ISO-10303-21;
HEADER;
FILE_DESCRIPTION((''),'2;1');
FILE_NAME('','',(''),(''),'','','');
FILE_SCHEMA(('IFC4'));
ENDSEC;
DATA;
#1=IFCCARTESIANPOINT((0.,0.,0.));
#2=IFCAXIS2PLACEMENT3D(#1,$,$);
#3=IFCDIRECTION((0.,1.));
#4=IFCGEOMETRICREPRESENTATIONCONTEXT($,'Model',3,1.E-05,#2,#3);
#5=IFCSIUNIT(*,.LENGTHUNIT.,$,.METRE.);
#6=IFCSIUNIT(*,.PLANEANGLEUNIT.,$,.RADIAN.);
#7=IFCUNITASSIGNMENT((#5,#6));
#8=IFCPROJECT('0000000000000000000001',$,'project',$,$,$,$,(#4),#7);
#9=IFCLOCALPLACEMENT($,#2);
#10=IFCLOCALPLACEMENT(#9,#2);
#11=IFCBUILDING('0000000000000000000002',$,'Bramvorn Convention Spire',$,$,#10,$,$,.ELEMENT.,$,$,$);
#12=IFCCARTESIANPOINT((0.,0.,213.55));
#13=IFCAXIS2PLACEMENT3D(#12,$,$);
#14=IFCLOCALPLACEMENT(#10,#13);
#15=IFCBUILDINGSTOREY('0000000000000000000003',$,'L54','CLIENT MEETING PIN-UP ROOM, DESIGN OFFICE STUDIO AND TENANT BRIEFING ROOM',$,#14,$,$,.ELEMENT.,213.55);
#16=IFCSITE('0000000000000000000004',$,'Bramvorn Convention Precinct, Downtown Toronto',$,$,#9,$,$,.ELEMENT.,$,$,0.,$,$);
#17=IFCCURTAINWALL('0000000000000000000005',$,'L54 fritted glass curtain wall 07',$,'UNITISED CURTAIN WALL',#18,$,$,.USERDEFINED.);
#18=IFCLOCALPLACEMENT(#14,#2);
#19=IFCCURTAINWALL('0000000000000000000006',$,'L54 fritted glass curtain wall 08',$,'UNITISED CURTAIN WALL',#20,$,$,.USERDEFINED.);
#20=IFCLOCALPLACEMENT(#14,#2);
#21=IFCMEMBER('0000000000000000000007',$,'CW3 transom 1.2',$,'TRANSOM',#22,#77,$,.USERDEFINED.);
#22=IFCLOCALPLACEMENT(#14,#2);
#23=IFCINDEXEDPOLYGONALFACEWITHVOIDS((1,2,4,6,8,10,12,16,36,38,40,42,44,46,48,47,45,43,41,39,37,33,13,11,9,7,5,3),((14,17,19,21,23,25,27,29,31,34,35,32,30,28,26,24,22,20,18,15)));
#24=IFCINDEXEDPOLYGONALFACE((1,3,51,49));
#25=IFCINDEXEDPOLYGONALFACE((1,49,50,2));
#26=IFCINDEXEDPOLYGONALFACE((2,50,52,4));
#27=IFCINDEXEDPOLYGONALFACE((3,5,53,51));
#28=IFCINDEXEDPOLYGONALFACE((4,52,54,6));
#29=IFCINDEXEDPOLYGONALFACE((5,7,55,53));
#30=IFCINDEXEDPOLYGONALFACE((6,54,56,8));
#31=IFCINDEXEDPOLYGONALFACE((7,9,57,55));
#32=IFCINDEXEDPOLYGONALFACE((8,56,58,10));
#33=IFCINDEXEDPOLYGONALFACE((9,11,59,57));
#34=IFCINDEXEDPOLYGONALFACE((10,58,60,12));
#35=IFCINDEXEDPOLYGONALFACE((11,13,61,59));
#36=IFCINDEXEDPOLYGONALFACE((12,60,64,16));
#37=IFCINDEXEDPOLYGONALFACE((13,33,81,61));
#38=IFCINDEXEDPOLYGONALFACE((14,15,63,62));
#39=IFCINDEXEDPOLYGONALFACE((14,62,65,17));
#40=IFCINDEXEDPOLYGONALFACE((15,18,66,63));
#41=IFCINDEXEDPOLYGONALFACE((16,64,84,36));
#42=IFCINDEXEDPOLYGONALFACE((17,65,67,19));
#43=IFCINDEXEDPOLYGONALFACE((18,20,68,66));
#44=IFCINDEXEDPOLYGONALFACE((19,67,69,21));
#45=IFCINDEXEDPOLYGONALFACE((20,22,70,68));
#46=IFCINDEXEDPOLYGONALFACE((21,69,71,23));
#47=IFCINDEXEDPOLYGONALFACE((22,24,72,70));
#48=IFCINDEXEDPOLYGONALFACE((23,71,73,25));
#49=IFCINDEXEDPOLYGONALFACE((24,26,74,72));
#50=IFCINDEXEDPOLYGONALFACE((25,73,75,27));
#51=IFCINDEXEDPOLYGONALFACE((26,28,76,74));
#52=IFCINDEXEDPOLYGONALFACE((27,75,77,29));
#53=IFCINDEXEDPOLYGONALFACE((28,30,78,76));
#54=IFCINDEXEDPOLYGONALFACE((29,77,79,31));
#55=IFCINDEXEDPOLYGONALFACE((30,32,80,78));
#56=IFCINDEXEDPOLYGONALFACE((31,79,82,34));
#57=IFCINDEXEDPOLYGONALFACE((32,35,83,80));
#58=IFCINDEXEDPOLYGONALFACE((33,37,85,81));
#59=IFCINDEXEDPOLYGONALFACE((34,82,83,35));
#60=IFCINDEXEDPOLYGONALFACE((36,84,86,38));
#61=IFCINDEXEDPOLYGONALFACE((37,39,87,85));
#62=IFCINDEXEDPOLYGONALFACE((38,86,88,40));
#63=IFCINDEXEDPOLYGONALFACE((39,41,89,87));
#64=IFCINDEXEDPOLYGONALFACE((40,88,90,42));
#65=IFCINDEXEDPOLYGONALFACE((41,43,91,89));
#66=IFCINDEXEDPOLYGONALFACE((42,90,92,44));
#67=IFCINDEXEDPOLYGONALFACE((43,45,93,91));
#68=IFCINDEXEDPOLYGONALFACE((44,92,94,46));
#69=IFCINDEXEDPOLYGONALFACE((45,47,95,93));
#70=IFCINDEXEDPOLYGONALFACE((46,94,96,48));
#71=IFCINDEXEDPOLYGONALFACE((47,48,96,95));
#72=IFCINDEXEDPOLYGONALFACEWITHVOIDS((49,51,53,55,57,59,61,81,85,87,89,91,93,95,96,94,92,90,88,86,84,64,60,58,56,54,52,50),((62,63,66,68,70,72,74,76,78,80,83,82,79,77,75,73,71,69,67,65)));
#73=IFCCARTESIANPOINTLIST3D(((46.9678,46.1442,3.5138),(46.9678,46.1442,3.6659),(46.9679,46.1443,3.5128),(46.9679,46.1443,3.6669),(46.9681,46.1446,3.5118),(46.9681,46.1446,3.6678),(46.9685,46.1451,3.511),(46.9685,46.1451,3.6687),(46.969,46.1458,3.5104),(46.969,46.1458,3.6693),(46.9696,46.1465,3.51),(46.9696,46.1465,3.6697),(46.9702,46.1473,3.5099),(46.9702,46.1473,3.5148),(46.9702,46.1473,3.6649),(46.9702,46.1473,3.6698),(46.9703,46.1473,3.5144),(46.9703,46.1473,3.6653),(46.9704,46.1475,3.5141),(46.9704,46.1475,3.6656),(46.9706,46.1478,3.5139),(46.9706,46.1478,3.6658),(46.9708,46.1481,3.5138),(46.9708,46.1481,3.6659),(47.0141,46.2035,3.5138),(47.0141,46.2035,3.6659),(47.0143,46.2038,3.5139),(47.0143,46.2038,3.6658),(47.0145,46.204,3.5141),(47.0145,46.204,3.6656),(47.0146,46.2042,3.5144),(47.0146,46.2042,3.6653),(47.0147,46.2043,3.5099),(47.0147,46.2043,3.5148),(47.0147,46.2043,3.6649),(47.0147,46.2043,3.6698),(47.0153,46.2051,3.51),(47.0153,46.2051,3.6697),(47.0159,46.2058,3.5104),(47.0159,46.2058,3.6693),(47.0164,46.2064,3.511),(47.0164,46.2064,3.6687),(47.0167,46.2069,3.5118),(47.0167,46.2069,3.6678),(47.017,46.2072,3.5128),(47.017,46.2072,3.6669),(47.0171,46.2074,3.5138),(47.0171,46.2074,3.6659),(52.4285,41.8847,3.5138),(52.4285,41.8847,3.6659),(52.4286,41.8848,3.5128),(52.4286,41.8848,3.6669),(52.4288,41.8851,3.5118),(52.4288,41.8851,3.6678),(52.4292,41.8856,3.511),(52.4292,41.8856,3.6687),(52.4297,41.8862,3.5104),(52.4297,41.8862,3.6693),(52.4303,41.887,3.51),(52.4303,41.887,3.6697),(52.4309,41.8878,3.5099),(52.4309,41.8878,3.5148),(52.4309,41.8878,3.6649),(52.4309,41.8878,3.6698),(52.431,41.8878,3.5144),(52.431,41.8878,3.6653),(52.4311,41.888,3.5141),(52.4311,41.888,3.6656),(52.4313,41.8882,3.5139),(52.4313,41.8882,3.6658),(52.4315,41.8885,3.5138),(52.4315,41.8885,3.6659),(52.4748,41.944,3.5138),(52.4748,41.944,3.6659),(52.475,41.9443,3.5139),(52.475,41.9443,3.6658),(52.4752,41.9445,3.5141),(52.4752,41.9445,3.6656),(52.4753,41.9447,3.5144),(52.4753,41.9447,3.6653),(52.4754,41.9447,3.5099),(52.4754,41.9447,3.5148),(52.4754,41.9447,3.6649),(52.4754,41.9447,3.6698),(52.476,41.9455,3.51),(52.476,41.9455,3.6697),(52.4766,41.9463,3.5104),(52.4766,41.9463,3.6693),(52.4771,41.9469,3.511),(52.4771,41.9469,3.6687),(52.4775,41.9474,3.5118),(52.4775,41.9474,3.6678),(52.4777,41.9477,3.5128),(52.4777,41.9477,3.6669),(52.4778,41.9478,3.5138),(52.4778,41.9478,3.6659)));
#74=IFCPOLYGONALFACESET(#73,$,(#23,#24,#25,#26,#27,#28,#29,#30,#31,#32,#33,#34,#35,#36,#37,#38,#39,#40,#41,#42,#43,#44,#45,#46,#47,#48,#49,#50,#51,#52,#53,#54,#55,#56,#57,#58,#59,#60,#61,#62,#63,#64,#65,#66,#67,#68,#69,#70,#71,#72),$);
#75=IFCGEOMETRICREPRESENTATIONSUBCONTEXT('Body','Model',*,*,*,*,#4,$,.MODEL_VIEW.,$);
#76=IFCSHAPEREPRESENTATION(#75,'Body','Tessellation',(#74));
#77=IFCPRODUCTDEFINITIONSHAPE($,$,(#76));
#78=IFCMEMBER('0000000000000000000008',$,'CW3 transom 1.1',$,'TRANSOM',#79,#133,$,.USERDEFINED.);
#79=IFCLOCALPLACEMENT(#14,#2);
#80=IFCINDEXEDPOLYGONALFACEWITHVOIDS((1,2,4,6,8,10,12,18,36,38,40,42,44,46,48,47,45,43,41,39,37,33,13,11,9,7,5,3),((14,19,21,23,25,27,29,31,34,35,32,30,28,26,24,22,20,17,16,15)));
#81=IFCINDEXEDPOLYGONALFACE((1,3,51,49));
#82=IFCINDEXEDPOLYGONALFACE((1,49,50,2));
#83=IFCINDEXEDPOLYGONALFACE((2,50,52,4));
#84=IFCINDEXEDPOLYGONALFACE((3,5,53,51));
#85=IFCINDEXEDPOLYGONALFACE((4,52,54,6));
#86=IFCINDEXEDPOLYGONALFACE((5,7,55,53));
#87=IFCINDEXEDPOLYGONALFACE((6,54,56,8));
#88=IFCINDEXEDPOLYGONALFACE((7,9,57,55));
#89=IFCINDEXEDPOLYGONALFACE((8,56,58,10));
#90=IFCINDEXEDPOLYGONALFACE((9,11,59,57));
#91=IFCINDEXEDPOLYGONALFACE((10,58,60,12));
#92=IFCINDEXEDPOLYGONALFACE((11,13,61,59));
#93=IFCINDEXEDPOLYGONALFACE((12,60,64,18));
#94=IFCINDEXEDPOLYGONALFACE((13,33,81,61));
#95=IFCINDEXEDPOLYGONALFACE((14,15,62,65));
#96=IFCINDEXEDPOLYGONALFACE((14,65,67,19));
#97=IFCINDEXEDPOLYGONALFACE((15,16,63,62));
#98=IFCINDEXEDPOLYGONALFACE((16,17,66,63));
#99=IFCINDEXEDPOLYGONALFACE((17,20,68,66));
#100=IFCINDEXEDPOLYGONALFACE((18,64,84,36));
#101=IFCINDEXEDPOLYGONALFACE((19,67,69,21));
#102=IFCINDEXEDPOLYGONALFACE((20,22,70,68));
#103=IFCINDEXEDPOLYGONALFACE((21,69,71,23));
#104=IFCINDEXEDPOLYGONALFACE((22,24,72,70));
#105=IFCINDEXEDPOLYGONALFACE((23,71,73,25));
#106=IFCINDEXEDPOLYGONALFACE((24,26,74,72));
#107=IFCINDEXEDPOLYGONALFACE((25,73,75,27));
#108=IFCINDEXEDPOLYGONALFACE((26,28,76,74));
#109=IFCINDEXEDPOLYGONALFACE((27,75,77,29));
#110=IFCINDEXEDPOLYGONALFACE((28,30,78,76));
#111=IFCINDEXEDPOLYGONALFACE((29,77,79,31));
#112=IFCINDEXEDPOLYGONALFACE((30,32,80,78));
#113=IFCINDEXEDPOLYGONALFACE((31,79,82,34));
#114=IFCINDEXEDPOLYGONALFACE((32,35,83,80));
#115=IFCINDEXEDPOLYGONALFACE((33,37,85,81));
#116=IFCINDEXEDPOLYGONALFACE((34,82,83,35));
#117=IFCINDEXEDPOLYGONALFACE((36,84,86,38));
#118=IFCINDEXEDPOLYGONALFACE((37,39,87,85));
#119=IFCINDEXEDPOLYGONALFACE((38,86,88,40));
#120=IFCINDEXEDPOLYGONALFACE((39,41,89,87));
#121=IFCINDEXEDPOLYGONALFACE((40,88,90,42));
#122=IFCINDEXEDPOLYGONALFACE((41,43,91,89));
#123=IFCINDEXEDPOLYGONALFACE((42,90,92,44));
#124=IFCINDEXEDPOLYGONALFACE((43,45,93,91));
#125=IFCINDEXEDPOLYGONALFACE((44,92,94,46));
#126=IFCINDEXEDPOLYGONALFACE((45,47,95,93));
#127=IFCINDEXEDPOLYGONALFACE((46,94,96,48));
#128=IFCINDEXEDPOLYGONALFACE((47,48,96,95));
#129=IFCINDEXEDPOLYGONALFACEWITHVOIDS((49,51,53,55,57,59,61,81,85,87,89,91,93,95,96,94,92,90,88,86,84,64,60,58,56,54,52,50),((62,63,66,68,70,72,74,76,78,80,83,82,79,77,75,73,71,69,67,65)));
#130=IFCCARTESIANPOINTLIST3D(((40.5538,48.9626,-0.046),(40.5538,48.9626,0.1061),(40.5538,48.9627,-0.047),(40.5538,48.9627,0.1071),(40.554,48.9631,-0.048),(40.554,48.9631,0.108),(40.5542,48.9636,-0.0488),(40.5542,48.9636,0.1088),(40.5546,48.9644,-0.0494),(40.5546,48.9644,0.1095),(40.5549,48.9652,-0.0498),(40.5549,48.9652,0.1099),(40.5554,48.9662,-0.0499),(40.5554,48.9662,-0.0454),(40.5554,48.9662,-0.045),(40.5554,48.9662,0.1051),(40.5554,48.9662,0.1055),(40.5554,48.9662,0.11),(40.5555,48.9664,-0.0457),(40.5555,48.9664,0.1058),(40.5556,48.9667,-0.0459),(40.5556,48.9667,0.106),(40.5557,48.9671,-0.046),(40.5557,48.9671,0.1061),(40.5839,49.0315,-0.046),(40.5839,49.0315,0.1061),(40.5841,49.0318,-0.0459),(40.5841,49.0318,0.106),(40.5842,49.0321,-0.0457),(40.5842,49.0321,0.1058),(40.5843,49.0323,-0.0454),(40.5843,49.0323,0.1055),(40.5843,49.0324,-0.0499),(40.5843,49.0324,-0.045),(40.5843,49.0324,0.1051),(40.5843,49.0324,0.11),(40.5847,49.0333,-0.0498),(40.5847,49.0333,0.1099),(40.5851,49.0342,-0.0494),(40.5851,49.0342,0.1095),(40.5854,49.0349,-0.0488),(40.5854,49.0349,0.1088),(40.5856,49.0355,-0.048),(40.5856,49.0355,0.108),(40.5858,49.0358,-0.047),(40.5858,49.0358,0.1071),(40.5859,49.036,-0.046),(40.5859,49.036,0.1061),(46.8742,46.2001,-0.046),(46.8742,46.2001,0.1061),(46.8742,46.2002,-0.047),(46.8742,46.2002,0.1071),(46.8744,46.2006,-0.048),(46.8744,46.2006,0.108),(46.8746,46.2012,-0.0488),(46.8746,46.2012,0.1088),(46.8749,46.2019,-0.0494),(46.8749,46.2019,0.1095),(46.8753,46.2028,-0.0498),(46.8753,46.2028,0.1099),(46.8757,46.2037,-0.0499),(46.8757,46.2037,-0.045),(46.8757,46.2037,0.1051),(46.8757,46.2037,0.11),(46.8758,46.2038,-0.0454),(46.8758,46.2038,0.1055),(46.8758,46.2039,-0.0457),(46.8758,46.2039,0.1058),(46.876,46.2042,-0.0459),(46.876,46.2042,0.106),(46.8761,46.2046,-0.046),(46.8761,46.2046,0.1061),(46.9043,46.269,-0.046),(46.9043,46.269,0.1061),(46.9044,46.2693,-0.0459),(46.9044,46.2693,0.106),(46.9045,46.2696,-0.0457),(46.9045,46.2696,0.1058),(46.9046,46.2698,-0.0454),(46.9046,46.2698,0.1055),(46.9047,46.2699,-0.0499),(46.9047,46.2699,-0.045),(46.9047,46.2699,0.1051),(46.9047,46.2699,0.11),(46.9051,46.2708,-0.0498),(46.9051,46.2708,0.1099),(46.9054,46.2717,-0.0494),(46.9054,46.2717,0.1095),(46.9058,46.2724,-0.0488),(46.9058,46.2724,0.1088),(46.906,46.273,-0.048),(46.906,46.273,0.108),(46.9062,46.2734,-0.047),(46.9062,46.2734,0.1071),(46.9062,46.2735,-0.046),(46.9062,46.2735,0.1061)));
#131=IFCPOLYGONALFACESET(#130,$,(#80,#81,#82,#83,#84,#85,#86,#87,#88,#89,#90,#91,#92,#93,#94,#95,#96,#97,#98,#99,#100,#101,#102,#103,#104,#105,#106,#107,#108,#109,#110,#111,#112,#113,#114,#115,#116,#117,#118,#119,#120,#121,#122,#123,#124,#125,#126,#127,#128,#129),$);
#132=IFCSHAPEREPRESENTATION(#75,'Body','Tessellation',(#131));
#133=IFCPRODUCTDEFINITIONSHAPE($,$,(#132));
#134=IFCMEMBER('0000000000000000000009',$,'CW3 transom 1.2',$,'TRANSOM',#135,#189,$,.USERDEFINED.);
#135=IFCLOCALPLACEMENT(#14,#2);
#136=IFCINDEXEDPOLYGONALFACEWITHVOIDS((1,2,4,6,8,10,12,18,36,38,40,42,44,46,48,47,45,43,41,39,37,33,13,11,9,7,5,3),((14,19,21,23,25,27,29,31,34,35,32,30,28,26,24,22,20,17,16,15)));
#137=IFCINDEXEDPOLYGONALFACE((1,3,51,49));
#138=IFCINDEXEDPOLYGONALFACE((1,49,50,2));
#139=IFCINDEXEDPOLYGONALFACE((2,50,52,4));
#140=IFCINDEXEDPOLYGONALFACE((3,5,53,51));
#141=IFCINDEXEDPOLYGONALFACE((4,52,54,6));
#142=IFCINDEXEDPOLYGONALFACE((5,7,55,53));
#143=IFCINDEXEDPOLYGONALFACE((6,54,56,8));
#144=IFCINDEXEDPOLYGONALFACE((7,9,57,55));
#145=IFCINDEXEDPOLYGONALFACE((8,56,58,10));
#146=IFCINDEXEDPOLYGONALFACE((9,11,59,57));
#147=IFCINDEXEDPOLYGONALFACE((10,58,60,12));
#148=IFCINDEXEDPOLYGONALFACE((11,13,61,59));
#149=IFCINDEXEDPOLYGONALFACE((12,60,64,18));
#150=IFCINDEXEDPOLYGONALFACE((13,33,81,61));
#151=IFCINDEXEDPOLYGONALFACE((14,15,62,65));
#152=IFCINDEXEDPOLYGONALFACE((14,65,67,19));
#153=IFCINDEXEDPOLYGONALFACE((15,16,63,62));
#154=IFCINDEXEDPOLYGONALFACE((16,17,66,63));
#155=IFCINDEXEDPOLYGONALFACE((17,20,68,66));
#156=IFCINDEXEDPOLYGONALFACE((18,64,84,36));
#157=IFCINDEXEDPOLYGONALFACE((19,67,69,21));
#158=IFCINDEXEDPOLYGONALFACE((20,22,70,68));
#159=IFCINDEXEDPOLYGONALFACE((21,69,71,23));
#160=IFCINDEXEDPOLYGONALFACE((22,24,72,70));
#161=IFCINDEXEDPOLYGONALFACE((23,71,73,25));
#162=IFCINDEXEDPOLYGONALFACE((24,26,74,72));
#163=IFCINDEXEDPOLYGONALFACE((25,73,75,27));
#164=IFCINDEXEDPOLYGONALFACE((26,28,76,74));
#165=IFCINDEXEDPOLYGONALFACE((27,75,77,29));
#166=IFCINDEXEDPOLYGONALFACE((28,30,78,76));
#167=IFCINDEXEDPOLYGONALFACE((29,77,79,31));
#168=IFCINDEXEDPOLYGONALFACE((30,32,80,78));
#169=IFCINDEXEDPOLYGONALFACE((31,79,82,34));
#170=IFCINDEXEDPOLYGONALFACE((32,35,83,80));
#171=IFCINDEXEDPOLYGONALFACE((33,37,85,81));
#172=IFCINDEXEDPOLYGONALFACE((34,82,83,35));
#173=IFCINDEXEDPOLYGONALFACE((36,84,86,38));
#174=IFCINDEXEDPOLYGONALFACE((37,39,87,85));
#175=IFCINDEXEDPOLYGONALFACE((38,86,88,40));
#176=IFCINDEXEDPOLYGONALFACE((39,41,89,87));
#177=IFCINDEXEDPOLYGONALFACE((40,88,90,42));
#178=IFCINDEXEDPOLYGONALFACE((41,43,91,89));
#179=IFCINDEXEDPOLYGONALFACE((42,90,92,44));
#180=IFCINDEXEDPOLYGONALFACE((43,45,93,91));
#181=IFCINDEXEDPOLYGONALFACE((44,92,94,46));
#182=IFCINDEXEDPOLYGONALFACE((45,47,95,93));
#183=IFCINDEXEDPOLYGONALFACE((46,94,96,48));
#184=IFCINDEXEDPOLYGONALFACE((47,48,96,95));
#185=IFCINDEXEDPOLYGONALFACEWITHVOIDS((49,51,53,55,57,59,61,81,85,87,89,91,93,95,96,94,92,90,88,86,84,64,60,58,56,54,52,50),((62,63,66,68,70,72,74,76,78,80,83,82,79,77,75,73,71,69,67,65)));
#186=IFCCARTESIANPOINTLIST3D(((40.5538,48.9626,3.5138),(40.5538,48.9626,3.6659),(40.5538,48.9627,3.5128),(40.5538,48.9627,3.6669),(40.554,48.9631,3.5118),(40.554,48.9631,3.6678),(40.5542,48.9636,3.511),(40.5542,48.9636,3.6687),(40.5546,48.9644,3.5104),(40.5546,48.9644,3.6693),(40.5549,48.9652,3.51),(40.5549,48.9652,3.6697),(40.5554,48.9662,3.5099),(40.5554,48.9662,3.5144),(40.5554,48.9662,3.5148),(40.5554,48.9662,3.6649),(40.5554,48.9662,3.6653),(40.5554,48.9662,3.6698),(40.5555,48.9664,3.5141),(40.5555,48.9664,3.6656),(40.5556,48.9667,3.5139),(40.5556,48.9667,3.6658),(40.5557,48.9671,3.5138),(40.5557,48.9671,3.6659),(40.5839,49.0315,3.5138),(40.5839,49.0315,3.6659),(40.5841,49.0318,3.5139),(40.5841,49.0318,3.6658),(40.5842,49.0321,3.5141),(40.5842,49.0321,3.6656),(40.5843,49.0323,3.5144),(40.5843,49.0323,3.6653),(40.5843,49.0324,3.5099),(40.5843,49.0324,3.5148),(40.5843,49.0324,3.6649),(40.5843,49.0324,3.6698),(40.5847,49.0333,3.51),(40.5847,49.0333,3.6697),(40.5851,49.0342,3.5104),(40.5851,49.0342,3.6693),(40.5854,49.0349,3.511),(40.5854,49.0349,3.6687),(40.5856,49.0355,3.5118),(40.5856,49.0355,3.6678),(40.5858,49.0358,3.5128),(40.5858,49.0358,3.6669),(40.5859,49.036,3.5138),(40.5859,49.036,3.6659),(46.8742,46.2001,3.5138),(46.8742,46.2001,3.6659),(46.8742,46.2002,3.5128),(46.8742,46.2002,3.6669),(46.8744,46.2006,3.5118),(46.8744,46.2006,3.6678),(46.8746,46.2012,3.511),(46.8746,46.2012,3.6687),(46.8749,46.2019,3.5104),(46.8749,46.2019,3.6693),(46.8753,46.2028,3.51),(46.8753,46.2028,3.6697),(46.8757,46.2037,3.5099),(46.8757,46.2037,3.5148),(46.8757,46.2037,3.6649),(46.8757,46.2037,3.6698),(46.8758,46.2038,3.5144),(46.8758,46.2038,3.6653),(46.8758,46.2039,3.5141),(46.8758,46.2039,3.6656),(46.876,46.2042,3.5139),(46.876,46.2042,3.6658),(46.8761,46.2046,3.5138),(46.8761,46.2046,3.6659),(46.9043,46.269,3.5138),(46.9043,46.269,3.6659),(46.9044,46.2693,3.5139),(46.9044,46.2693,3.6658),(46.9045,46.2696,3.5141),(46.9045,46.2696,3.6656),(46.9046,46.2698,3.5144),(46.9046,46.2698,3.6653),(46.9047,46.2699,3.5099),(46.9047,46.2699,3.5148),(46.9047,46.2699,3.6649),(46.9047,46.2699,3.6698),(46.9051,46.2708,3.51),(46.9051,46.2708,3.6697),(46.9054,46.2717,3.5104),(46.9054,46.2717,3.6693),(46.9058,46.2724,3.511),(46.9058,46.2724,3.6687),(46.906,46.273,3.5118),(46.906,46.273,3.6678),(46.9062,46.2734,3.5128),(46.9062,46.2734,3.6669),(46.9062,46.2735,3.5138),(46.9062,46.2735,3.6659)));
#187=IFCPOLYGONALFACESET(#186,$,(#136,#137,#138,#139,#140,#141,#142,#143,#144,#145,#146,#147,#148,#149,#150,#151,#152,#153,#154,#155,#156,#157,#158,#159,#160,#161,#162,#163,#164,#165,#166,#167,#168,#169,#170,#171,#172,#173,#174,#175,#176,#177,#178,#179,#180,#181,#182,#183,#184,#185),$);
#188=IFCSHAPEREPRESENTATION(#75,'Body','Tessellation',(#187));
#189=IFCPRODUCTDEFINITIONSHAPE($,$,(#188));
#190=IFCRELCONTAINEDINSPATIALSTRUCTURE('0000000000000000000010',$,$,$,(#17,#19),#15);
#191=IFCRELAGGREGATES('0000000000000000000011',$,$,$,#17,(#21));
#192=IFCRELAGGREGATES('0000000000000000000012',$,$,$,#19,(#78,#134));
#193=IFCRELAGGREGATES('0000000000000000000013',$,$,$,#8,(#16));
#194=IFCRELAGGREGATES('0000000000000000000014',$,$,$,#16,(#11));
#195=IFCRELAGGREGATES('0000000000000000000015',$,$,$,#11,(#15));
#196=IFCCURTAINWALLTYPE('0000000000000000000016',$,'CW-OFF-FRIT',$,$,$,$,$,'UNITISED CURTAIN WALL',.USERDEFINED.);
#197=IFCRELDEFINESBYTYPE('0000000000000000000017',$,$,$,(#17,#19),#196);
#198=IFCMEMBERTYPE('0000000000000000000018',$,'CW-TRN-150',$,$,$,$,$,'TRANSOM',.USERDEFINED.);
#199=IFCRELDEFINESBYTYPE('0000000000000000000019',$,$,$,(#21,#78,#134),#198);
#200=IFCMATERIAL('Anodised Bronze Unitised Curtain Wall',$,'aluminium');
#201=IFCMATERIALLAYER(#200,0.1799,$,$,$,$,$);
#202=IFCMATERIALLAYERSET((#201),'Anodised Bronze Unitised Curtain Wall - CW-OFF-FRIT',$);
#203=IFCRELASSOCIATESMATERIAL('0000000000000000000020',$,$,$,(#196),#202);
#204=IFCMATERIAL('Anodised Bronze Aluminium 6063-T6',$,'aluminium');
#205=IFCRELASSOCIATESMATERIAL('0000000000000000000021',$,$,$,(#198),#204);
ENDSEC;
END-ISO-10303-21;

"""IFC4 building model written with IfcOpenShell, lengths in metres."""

from ifc_helpers import new_model, si_unit, direction, frame, origin, origin_2d, place, context, subcontext, project, spatial, hollow_rectangle, extrude, material, layer, layer_set, material_profile, profile_set, type_object, element, aggregate, save


model = new_model("IFC4")

# Units and contexts
model_context = context("Model", 3, precision=1e-05, world=origin(), true_north=direction((0.0, 1.0)))
body_context = subcontext(model_context, "Body", "Model", "MODEL_VIEW")
ifc_project = project(units=[si_unit("LENGTHUNIT", "METRE"), si_unit("PLANEANGLEUNIT", "RADIAN")], contexts=[model_context])

# Site, building, storey
site_placement = place(None, origin())
site = spatial("IfcSite", under=ifc_project, at=site_placement, Name="Bramvorn Convention Precinct, Downtown Toronto", CompositionType="ELEMENT", RefElevation=0.0)
building_placement = place(site_placement, origin())
building = spatial("IfcBuilding", under=site, at=building_placement, Name="Bramvorn Convention Spire", CompositionType="ELEMENT")
storey_placement = place(building_placement, frame((0.0, 0.0, 213.55)))
storey = spatial("IfcBuildingStorey", under=building, at=storey_placement, Name="L54", Description="CLIENT MEETING PIN-UP ROOM, DESIGN OFFICE STUDIO AND TENANT BRIEFING ROOM", CompositionType="ELEMENT", Elevation=213.55)

# Curtain walls
ifc_material_1 = material(Name="Anodised Bronze Unitised Curtain Wall", Category="aluminium")
ifc_layer_1 = layer(ifc_material_1, 0.1799)
ifc_layer_set_1 = layer_set([ifc_layer_1], Name="Anodised Bronze Unitised Curtain Wall - CW-OFF-FRIT")
curtain_wall_type = type_object("IfcCurtainWallType", Name="CW-OFF-FRIT", ElementType="UNITISED CURTAIN WALL", PredefinedType="USERDEFINED", material=ifc_layer_set_1)
curtain_wall_1_placement = place(storey_placement, origin())
curtain_wall_1 = element("IfcCurtainWall", 1, at=curtain_wall_1_placement, inside=storey, type_object=curtain_wall_type, Name="L54 fritted glass curtain wall 07", ObjectType="UNITISED CURTAIN WALL", PredefinedType="USERDEFINED")
ifc_material_2 = material(Name="Anodised Bronze Aluminium 6063-T6", Category="aluminium")
curtain_wall_2_placement = place(storey_placement, origin())
curtain_wall_2 = element("IfcCurtainWall", 2, at=curtain_wall_2_placement, inside=storey, type_object=curtain_wall_type, Name="L54 fritted glass curtain wall 08", ObjectType="UNITISED CURTAIN WALL", PredefinedType="USERDEFINED")

# Members
ifc_material_profile_1 = material_profile(ifc_material_2, hollow_rectangle(XDim=0.0801, YDim=0.1599, WallThickness=0.0039, InnerFilletRadius=0.001, OuterFilletRadius=0.0039, at=origin_2d()))
ifc_profile_set_1 = profile_set([ifc_material_profile_1], Name="Anodised Bronze Aluminium 6063-T6 - CWT80X160")
member_type_1 = type_object("IfcMemberType", Name="CW-TRN-150", ElementType="TRANSOM", PredefinedType="USERDEFINED", material=ifc_profile_set_1)
member_1_placement = place(storey_placement, frame((46.9924, 46.1758, 3.5898), z_axis=(0.78849, -0.615048, 0.0), x_axis=(0.615048, 0.78849, 0.0)))
member_1 = element("IfcMember", 3, at=member_1_placement, type_object=member_type_1, Name="CW3 transom 1.2", ObjectType="TRANSOM", PredefinedType="USERDEFINED", context=body_context, shape_type="SweptSolid", body=[
    extrude(hollow_rectangle(XDim=0.0801, YDim=0.1599, WallThickness=0.0039, InnerFilletRadius=0.001, OuterFilletRadius=0.0039, at=origin_2d()), origin(), (0.0, 0.0, 1.0), 6.9255),
])
member_2_placement = place(storey_placement, frame((40.5698, 48.9993, 0.03), z_axis=(0.9163, -0.400492, 0.0), x_axis=(0.400492, 0.9163, 0.0)))
member_2 = element("IfcMember", 4, at=member_2_placement, type_object=member_type_1, Name="CW3 transom 1.1", ObjectType="TRANSOM", PredefinedType="USERDEFINED", context=body_context, shape_type="SweptSolid", body=[
    extrude(hollow_rectangle(XDim=0.0801, YDim=0.1599, WallThickness=0.0039, InnerFilletRadius=0.001, OuterFilletRadius=0.0039, at=origin_2d()), origin(), (0.0, 0.0, 1.0), 6.8977),
])
member_3_placement = place(storey_placement, frame((40.5698, 48.9993, 3.5898), z_axis=(0.9163, -0.400492, 0.0), x_axis=(0.400492, 0.9163, 0.0)))
member_3 = element("IfcMember", 5, at=member_3_placement, type_object=member_type_1, Name="CW3 transom 1.2", ObjectType="TRANSOM", PredefinedType="USERDEFINED", context=body_context, shape_type="SweptSolid", body=[
    extrude(hollow_rectangle(XDim=0.0801, YDim=0.1599, WallThickness=0.0039, InnerFilletRadius=0.001, OuterFilletRadius=0.0039, at=origin_2d()), origin(), (0.0, 0.0, 1.0), 6.8977),
])

aggregate(curtain_wall_1, [member_1])
aggregate(curtain_wall_2, [member_2, member_3])

save(model, "model.ifc")
